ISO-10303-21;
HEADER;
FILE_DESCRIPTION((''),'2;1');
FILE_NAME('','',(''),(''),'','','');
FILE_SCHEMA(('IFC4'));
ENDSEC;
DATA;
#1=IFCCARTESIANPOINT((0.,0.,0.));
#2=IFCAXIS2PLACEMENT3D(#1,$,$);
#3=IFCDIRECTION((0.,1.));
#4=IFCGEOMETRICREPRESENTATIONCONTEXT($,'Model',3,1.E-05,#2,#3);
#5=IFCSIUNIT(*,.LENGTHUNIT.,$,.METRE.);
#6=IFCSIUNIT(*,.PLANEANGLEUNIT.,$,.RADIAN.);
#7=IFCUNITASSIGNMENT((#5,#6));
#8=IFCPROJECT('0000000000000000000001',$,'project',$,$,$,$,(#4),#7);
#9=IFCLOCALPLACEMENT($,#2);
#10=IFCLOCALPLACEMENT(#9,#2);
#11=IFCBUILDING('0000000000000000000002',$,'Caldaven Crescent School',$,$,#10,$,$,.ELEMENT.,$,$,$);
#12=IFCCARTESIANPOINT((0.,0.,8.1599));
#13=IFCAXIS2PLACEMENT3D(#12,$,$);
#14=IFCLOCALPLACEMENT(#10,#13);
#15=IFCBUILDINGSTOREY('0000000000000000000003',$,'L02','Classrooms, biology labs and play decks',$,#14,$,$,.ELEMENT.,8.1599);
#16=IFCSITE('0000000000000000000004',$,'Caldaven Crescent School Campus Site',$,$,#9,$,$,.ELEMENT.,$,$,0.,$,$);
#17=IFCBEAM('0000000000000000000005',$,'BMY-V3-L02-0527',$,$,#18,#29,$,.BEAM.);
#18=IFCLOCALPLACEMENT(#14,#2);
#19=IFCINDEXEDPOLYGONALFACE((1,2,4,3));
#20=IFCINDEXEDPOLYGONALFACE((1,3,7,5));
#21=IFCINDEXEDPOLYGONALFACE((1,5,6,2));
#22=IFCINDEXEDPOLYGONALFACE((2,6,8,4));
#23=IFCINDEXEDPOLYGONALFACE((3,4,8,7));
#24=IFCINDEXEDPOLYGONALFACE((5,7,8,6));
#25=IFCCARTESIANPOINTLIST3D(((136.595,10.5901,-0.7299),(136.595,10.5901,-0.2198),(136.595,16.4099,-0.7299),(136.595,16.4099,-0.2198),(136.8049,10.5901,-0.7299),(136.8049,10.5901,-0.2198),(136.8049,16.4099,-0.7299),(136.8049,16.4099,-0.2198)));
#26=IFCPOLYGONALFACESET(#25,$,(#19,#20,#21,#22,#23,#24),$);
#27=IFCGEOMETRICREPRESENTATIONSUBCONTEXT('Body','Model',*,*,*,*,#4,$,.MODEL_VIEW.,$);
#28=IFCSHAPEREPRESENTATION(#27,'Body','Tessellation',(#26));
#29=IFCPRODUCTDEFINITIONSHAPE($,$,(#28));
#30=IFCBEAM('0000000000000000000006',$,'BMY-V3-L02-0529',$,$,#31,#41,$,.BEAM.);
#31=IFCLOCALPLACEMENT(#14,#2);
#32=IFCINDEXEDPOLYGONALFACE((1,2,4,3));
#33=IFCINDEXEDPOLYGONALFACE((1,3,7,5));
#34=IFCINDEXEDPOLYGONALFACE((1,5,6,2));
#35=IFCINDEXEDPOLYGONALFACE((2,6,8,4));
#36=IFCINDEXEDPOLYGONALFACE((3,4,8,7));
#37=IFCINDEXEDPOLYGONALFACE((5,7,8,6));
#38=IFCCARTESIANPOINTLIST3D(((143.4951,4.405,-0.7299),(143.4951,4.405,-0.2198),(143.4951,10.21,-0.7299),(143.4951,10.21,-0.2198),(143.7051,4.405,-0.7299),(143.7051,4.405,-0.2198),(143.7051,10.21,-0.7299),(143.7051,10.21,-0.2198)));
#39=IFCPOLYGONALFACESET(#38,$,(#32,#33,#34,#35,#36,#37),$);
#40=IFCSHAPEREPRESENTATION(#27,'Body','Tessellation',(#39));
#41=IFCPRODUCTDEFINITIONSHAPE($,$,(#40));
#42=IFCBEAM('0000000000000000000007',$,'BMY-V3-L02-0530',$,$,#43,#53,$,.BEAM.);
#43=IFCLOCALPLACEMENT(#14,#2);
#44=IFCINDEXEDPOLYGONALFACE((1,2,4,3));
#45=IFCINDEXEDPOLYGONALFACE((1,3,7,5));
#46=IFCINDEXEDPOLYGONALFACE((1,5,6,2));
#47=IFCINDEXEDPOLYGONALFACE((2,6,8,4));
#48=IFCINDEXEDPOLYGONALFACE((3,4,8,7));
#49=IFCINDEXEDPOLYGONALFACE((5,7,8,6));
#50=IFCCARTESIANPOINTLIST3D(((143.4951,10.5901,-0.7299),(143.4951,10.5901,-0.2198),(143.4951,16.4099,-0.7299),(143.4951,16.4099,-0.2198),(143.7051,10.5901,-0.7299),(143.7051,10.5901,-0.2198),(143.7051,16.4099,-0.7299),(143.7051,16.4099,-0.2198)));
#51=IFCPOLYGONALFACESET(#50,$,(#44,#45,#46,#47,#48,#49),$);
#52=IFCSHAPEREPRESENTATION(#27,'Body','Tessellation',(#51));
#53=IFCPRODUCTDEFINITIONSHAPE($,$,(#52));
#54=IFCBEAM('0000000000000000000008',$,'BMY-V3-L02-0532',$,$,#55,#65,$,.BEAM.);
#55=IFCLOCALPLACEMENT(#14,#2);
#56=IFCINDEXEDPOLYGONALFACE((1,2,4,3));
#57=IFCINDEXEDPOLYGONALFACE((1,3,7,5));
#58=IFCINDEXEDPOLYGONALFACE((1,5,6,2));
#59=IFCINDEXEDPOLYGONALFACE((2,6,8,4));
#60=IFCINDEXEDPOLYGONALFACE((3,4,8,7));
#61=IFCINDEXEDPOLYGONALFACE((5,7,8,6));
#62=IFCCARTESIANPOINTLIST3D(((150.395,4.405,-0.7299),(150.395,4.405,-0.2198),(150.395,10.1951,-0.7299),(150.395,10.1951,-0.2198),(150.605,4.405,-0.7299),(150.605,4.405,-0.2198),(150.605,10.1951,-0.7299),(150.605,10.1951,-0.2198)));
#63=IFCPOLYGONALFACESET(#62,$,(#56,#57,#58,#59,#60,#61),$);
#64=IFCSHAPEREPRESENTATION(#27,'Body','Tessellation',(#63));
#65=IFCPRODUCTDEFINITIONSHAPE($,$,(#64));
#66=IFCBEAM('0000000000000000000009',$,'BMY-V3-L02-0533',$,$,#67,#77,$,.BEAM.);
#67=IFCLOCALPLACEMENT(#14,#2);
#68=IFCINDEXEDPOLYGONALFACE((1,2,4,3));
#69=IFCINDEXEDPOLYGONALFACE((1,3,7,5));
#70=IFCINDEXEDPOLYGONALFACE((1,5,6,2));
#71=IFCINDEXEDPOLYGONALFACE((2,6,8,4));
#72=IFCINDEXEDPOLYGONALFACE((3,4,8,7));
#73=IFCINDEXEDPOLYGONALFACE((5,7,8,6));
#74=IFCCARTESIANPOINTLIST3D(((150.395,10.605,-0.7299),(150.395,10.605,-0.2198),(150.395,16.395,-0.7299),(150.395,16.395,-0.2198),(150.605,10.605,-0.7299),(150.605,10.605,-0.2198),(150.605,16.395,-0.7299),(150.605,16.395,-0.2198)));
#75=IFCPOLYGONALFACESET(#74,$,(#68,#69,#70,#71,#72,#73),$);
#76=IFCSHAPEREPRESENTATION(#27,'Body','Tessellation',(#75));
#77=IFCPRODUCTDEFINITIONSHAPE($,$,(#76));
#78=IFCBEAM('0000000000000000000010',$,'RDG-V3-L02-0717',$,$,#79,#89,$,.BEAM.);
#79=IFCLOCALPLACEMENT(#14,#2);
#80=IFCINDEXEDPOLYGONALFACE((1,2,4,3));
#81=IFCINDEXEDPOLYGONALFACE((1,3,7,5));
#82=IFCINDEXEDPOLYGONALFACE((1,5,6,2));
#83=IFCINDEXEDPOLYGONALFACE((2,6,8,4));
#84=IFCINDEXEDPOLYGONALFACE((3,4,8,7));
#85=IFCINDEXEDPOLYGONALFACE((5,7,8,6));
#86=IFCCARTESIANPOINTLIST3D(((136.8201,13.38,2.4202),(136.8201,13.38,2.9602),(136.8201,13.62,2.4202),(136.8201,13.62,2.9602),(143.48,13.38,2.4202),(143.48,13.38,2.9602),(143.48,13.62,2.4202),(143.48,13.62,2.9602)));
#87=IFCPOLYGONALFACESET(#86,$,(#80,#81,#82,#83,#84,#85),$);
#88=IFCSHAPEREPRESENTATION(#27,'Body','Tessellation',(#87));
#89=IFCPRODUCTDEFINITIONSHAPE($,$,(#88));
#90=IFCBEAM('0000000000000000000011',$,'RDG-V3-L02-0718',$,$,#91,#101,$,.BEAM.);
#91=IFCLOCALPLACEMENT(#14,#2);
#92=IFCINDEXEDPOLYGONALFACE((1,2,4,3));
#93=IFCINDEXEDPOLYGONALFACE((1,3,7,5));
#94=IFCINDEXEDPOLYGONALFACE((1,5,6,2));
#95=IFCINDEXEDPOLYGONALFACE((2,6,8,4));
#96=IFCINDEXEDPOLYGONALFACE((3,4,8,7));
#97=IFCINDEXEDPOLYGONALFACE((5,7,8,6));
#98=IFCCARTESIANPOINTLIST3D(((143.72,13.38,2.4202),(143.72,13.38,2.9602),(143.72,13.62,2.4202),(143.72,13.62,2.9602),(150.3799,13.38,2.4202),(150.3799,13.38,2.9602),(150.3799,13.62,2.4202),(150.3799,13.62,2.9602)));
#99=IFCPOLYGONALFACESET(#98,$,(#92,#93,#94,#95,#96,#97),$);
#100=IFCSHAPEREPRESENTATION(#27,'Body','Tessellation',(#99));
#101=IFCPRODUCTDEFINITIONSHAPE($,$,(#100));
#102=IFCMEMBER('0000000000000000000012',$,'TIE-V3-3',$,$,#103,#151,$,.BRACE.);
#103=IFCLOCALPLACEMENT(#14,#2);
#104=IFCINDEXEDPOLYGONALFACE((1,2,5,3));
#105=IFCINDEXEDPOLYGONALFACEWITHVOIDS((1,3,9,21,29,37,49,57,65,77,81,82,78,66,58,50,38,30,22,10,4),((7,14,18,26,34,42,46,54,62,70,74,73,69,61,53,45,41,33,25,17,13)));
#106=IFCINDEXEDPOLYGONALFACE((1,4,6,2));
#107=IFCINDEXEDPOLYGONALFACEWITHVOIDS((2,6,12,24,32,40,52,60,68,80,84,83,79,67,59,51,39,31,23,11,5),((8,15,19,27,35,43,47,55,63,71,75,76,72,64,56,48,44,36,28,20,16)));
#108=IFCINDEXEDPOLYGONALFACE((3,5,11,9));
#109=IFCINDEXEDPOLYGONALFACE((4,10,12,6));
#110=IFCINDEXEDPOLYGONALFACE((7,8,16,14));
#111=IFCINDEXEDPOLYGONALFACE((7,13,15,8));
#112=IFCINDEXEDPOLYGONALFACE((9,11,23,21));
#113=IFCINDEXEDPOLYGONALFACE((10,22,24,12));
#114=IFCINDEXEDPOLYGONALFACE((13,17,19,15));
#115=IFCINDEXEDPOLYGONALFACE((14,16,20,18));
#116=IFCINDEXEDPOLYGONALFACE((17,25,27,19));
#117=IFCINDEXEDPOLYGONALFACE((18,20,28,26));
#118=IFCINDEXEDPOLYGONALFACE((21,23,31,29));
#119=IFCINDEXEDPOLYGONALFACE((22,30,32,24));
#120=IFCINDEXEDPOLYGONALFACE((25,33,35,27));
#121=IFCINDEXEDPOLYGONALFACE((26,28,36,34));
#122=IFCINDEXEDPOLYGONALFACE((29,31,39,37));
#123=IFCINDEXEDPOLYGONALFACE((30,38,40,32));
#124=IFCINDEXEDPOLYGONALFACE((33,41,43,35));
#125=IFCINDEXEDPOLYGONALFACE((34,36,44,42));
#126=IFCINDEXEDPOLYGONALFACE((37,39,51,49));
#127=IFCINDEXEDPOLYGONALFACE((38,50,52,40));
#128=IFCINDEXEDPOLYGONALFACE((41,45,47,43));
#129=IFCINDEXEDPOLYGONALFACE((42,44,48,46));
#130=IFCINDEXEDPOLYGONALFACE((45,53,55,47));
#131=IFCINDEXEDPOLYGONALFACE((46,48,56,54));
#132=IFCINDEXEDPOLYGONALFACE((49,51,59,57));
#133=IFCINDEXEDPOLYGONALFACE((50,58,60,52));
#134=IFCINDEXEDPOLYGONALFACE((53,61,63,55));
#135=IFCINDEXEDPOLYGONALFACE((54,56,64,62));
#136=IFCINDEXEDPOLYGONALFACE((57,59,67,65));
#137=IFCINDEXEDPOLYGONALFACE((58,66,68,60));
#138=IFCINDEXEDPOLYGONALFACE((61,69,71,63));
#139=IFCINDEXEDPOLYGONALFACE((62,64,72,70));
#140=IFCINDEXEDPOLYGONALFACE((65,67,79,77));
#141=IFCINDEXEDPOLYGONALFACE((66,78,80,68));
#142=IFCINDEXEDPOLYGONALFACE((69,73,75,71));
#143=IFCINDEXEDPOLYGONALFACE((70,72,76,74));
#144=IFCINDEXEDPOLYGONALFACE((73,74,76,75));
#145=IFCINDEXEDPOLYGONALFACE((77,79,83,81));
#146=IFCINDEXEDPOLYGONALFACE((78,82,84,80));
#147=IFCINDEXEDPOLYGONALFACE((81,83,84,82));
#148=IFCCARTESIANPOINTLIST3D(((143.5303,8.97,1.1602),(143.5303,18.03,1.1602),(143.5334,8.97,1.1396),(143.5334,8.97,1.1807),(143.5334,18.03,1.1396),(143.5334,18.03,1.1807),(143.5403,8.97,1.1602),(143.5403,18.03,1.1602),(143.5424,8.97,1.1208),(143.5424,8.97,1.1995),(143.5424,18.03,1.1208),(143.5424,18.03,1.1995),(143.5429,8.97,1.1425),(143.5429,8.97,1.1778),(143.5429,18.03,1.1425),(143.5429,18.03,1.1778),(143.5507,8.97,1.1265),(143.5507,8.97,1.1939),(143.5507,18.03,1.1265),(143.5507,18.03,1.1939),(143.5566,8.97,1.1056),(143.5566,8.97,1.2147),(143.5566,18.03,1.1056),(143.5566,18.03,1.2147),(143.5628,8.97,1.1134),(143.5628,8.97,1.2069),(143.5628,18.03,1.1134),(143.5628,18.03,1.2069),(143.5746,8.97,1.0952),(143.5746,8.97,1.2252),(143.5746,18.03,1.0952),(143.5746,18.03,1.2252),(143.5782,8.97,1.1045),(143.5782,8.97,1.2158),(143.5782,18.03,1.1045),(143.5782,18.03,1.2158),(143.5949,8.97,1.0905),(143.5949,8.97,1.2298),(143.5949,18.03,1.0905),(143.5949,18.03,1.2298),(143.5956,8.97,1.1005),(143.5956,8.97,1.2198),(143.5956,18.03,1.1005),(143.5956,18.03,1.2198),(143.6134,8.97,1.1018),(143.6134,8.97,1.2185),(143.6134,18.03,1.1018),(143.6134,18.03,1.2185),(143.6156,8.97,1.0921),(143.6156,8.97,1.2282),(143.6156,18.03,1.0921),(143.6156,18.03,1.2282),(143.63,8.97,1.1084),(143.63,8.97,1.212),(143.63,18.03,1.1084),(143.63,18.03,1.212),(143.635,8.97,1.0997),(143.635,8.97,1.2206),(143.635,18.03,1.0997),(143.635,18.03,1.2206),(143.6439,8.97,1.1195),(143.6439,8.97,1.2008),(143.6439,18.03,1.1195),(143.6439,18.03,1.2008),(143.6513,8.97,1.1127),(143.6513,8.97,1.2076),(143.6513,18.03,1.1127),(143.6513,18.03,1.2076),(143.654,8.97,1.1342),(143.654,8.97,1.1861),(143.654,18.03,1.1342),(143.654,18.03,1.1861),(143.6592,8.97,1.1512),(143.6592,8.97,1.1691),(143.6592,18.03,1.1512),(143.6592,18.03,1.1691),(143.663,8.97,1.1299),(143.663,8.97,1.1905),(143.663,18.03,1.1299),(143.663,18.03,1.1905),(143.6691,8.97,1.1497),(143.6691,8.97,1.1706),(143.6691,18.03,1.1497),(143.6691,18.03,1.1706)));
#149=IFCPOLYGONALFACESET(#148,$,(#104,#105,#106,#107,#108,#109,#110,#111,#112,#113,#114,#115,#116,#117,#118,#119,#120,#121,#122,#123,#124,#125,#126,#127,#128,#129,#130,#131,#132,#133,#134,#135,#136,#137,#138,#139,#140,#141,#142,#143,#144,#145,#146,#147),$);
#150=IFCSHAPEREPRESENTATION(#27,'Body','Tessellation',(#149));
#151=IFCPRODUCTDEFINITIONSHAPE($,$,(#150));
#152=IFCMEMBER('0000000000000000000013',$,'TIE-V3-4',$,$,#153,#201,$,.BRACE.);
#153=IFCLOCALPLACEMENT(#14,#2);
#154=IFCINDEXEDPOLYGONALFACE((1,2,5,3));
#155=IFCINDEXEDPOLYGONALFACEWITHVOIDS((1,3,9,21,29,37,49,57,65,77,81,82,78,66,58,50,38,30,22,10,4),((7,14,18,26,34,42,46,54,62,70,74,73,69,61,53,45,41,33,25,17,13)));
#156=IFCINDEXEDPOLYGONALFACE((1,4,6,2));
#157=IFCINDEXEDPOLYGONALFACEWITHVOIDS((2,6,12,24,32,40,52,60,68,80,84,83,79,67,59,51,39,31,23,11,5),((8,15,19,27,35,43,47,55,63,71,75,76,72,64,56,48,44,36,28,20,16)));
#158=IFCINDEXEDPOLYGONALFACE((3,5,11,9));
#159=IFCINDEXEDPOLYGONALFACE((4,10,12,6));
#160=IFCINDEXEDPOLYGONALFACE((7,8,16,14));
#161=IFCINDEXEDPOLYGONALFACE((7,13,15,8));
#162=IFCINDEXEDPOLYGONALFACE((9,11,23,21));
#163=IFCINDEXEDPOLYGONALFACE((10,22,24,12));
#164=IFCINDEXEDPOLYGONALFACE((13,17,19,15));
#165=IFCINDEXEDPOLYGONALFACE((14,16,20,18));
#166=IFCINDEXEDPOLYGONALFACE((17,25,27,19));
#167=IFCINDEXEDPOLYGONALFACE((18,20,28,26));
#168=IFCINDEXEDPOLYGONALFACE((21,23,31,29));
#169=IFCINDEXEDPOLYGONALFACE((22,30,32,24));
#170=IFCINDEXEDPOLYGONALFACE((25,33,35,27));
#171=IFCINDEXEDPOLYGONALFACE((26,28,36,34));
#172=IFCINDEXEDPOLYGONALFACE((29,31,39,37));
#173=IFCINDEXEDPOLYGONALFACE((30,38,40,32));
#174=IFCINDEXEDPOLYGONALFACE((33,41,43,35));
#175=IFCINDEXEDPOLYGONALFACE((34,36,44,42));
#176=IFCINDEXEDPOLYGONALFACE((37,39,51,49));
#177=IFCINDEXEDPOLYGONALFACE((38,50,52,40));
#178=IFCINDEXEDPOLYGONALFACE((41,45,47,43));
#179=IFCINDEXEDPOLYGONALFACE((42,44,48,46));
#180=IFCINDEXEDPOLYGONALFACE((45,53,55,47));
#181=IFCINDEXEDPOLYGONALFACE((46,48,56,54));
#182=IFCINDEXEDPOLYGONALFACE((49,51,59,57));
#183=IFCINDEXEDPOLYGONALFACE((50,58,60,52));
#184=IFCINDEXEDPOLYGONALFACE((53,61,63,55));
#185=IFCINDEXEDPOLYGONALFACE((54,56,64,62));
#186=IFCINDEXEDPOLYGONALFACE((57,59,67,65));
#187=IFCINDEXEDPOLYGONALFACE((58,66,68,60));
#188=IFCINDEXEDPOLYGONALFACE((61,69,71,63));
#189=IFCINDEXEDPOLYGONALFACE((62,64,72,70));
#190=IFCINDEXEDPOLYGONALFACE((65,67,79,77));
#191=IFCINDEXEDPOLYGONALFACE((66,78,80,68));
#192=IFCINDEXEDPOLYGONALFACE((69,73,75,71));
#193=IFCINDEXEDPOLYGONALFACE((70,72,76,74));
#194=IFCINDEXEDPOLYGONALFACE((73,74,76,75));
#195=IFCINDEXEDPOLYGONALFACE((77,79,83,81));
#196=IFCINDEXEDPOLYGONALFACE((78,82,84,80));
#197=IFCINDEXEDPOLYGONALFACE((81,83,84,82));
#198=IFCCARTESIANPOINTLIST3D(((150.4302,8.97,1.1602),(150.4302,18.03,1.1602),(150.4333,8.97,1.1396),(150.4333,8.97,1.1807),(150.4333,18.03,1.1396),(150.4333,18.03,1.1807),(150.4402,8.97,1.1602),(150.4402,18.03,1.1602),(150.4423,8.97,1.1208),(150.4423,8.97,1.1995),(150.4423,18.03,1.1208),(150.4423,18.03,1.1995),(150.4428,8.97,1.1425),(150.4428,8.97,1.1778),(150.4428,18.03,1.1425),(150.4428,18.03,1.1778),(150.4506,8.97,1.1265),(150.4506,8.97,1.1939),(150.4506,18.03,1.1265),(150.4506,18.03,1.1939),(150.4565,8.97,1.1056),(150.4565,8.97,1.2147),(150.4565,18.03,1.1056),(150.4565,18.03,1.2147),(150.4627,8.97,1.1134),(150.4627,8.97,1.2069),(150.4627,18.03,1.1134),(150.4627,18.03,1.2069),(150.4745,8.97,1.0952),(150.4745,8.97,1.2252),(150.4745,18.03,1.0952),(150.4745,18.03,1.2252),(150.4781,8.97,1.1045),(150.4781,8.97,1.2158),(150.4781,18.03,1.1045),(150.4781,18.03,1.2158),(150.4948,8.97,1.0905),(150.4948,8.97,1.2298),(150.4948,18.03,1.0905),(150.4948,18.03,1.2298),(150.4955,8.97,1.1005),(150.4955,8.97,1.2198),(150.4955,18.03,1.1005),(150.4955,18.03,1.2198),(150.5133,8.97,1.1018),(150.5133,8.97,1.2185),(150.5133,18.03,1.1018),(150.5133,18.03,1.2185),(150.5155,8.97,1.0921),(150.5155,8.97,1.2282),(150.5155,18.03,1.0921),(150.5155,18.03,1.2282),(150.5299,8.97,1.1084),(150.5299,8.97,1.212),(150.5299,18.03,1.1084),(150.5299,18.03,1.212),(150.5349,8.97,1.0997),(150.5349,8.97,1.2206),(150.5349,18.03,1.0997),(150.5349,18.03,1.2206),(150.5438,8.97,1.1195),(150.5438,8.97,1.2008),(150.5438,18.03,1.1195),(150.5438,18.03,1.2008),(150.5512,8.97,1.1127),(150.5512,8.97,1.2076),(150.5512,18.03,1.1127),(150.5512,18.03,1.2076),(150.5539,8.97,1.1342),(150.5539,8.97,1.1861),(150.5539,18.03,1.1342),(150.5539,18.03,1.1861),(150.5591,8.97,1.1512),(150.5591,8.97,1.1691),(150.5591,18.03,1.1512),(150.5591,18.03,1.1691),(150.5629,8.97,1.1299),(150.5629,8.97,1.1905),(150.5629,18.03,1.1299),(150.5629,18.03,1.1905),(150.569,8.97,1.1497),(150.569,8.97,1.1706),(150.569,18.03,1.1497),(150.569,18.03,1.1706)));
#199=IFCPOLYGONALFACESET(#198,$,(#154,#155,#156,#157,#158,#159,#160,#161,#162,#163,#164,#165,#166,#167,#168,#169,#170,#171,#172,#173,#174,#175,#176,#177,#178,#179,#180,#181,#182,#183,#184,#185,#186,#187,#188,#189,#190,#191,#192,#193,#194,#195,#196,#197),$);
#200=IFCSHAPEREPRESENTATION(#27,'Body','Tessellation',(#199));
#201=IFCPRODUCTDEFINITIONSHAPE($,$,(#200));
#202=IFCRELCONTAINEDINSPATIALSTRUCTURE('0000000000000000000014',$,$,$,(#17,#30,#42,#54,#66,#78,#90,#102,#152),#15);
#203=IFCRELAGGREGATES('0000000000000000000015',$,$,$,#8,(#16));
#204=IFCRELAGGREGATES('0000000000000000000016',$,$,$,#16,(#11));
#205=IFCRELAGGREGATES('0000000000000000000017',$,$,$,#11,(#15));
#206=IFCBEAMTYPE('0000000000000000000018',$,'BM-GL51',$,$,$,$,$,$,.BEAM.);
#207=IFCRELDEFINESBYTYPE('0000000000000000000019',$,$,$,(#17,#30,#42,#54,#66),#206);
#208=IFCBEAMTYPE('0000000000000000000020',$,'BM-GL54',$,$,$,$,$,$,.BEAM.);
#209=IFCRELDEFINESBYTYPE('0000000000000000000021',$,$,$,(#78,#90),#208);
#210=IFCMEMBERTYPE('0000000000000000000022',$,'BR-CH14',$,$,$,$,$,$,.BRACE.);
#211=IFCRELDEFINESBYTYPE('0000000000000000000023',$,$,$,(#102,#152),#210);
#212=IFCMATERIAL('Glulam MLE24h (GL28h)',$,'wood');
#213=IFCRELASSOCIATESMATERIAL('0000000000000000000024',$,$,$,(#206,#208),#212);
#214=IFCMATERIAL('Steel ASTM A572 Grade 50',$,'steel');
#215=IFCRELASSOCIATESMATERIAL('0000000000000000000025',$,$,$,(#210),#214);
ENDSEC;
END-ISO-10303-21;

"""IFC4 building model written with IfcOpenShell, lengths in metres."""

from ifc_helpers import new_model, si_unit, direction, frame, origin, origin_2d, place, context, subcontext, project, spatial, rectangle, hollow_circle, extrude, material, material_profile, profile_set, type_object, element, save


model = new_model("IFC4")

# Units and contexts
model_context = context("Model", 3, precision=1e-05, world=origin(), true_north=direction((0.0, 1.0)))
body_context = subcontext(model_context, "Body", "Model", "MODEL_VIEW")
ifc_project = project(units=[si_unit("LENGTHUNIT", "METRE"), si_unit("PLANEANGLEUNIT", "RADIAN")], contexts=[model_context])

# Site, building, storey
site_placement = place(None, origin())
site = spatial("IfcSite", under=ifc_project, at=site_placement, Name="Caldaven Crescent School Campus Site", CompositionType="ELEMENT", RefElevation=0.0)
building_placement = place(site_placement, origin())
building = spatial("IfcBuilding", under=site, at=building_placement, Name="Caldaven Crescent School", CompositionType="ELEMENT")
storey_placement = place(building_placement, frame((0.0, 0.0, 8.1599)))
storey = spatial("IfcBuildingStorey", under=building, at=storey_placement, Name="L02", Description="Classrooms, biology labs and play decks", CompositionType="ELEMENT", Elevation=8.1599)

# Beams
ifc_material_1 = material(Name="Glulam MLE24h (GL28h)", Category="wood")
ifc_material_profile_1 = material_profile(ifc_material_1, rectangle(XDim=0.21, YDim=0.51, at=origin_2d()), Name="MLE 210x510")
ifc_profile_set_1 = profile_set([ifc_material_profile_1], Name="Glulam MLE24h (GL28h)")
beam_type_1 = type_object("IfcBeamType", Name="BM-GL51", PredefinedType="BEAM", material=ifc_profile_set_1)
beam_1_placement = place(storey_placement, frame((136.7, 10.5901, -0.4749), z_axis=(0.0, 1.0, 0.0), x_axis=(-1.0, 0.0, 0.0)))
element("IfcBeam", 1, at=beam_1_placement, inside=storey, type_object=beam_type_1, Name="BMY-V3-L02-0527", PredefinedType="BEAM", context=body_context, shape_type="SweptSolid", body=[
    extrude(rectangle(XDim=0.21, YDim=0.51, at=origin_2d()), origin(), (0.0, 0.0, 1.0), 5.8198),
])
beam_2_placement = place(storey_placement, frame((143.6001, 4.405, -0.4749), z_axis=(0.0, 1.0, 0.0), x_axis=(-1.0, 0.0, 0.0)))
element("IfcBeam", 2, at=beam_2_placement, inside=storey, type_object=beam_type_1, Name="BMY-V3-L02-0529", PredefinedType="BEAM", context=body_context, shape_type="SweptSolid", body=[
    extrude(rectangle(XDim=0.21, YDim=0.51, at=origin_2d()), origin(), (0.0, 0.0, 1.0), 5.8049),
])
beam_3_placement = place(storey_placement, frame((143.6001, 10.5901, -0.4749), z_axis=(0.0, 1.0, 0.0), x_axis=(-1.0, 0.0, 0.0)))
element("IfcBeam", 3, at=beam_3_placement, inside=storey, type_object=beam_type_1, Name="BMY-V3-L02-0530", PredefinedType="BEAM", context=body_context, shape_type="SweptSolid", body=[
    extrude(rectangle(XDim=0.21, YDim=0.51, at=origin_2d()), origin(), (0.0, 0.0, 1.0), 5.8198),
])
for number, where, z_axis, x_axis, name in (
    (4, (150.5, 4.405, -0.4749), (0.0, 1.0, 0.0), (-1.0, 0.0, 0.0), "BMY-V3-L02-0532"),
    (5, (150.5, 10.605, -0.4749), (0.0, 1.0, 0.0), (-1.0, 0.0, 0.0), "BMY-V3-L02-0533"),
):
    element("IfcBeam", number, at=place(storey_placement, frame(where, z_axis=z_axis, x_axis=x_axis)), inside=storey, type_object=beam_type_1, Name=name, PredefinedType="BEAM", context=body_context, shape_type="SweptSolid", body=[
        extrude(rectangle(XDim=0.21, YDim=0.51, at=origin_2d()), origin(), (0.0, 0.0, 1.0), 5.79),
    ])
ifc_material_profile_2 = material_profile(ifc_material_1, rectangle(XDim=0.24, YDim=0.54, at=origin_2d()), Name="MLE 240x540")
ifc_profile_set_2 = profile_set([ifc_material_profile_2], Name="Glulam MLE24h (GL28h)")
beam_type_2 = type_object("IfcBeamType", Name="BM-GL54", PredefinedType="BEAM", material=ifc_profile_set_2)
for number, where, z_axis, x_axis, name in (
    (6, (136.8201, 13.5, 2.6902), (1.0, 0.0, 0.0), (0.0, 1.0, 0.0), "RDG-V3-L02-0717"),
    (7, (143.72, 13.5, 2.6902), (1.0, 0.0, 0.0), (0.0, 1.0, 0.0), "RDG-V3-L02-0718"),
):
    element("IfcBeam", number, at=place(storey_placement, frame(where, z_axis=z_axis, x_axis=x_axis)), inside=storey, type_object=beam_type_2, Name=name, PredefinedType="BEAM", context=body_context, shape_type="SweptSolid", body=[
        extrude(rectangle(XDim=0.24, YDim=0.54, at=origin_2d()), origin(), (0.0, 0.0, 1.0), 6.6599),
    ])

# Members
ifc_material_2 = material(Name="Steel ASTM A572 Grade 50", Category="steel")
ifc_material_profile_3 = material_profile(ifc_material_2, hollow_circle(Radius=0.0698, WallThickness=0.01, at=origin_2d()), Name="CHS 139.7x10.0")
ifc_profile_set_3 = profile_set([ifc_material_profile_3], Name="Steel ASTM A572 Grade 50")
member_type_1 = type_object("IfcMemberType", Name="BR-CH14", PredefinedType="BRACE", material=ifc_profile_set_3)
for number, where, z_axis, x_axis, name in (
    (8, (143.6001, 8.97, 1.1602), (0.0, 1.0, 0.0), (-1.0, 0.0, 0.0), "TIE-V3-3"),
    (9, (150.5, 8.97, 1.1602), (0.0, 1.0, 0.0), (-1.0, 0.0, 0.0), "TIE-V3-4"),
):
    element("IfcMember", number, at=place(storey_placement, frame(where, z_axis=z_axis, x_axis=x_axis)), inside=storey, type_object=member_type_1, Name=name, PredefinedType="BRACE", context=body_context, shape_type="SweptSolid", body=[
        extrude(hollow_circle(Radius=0.0698, WallThickness=0.01, at=origin_2d()), origin(), (0.0, 0.0, 1.0), 9.0601),
    ])

save(model, "model.ifc")
